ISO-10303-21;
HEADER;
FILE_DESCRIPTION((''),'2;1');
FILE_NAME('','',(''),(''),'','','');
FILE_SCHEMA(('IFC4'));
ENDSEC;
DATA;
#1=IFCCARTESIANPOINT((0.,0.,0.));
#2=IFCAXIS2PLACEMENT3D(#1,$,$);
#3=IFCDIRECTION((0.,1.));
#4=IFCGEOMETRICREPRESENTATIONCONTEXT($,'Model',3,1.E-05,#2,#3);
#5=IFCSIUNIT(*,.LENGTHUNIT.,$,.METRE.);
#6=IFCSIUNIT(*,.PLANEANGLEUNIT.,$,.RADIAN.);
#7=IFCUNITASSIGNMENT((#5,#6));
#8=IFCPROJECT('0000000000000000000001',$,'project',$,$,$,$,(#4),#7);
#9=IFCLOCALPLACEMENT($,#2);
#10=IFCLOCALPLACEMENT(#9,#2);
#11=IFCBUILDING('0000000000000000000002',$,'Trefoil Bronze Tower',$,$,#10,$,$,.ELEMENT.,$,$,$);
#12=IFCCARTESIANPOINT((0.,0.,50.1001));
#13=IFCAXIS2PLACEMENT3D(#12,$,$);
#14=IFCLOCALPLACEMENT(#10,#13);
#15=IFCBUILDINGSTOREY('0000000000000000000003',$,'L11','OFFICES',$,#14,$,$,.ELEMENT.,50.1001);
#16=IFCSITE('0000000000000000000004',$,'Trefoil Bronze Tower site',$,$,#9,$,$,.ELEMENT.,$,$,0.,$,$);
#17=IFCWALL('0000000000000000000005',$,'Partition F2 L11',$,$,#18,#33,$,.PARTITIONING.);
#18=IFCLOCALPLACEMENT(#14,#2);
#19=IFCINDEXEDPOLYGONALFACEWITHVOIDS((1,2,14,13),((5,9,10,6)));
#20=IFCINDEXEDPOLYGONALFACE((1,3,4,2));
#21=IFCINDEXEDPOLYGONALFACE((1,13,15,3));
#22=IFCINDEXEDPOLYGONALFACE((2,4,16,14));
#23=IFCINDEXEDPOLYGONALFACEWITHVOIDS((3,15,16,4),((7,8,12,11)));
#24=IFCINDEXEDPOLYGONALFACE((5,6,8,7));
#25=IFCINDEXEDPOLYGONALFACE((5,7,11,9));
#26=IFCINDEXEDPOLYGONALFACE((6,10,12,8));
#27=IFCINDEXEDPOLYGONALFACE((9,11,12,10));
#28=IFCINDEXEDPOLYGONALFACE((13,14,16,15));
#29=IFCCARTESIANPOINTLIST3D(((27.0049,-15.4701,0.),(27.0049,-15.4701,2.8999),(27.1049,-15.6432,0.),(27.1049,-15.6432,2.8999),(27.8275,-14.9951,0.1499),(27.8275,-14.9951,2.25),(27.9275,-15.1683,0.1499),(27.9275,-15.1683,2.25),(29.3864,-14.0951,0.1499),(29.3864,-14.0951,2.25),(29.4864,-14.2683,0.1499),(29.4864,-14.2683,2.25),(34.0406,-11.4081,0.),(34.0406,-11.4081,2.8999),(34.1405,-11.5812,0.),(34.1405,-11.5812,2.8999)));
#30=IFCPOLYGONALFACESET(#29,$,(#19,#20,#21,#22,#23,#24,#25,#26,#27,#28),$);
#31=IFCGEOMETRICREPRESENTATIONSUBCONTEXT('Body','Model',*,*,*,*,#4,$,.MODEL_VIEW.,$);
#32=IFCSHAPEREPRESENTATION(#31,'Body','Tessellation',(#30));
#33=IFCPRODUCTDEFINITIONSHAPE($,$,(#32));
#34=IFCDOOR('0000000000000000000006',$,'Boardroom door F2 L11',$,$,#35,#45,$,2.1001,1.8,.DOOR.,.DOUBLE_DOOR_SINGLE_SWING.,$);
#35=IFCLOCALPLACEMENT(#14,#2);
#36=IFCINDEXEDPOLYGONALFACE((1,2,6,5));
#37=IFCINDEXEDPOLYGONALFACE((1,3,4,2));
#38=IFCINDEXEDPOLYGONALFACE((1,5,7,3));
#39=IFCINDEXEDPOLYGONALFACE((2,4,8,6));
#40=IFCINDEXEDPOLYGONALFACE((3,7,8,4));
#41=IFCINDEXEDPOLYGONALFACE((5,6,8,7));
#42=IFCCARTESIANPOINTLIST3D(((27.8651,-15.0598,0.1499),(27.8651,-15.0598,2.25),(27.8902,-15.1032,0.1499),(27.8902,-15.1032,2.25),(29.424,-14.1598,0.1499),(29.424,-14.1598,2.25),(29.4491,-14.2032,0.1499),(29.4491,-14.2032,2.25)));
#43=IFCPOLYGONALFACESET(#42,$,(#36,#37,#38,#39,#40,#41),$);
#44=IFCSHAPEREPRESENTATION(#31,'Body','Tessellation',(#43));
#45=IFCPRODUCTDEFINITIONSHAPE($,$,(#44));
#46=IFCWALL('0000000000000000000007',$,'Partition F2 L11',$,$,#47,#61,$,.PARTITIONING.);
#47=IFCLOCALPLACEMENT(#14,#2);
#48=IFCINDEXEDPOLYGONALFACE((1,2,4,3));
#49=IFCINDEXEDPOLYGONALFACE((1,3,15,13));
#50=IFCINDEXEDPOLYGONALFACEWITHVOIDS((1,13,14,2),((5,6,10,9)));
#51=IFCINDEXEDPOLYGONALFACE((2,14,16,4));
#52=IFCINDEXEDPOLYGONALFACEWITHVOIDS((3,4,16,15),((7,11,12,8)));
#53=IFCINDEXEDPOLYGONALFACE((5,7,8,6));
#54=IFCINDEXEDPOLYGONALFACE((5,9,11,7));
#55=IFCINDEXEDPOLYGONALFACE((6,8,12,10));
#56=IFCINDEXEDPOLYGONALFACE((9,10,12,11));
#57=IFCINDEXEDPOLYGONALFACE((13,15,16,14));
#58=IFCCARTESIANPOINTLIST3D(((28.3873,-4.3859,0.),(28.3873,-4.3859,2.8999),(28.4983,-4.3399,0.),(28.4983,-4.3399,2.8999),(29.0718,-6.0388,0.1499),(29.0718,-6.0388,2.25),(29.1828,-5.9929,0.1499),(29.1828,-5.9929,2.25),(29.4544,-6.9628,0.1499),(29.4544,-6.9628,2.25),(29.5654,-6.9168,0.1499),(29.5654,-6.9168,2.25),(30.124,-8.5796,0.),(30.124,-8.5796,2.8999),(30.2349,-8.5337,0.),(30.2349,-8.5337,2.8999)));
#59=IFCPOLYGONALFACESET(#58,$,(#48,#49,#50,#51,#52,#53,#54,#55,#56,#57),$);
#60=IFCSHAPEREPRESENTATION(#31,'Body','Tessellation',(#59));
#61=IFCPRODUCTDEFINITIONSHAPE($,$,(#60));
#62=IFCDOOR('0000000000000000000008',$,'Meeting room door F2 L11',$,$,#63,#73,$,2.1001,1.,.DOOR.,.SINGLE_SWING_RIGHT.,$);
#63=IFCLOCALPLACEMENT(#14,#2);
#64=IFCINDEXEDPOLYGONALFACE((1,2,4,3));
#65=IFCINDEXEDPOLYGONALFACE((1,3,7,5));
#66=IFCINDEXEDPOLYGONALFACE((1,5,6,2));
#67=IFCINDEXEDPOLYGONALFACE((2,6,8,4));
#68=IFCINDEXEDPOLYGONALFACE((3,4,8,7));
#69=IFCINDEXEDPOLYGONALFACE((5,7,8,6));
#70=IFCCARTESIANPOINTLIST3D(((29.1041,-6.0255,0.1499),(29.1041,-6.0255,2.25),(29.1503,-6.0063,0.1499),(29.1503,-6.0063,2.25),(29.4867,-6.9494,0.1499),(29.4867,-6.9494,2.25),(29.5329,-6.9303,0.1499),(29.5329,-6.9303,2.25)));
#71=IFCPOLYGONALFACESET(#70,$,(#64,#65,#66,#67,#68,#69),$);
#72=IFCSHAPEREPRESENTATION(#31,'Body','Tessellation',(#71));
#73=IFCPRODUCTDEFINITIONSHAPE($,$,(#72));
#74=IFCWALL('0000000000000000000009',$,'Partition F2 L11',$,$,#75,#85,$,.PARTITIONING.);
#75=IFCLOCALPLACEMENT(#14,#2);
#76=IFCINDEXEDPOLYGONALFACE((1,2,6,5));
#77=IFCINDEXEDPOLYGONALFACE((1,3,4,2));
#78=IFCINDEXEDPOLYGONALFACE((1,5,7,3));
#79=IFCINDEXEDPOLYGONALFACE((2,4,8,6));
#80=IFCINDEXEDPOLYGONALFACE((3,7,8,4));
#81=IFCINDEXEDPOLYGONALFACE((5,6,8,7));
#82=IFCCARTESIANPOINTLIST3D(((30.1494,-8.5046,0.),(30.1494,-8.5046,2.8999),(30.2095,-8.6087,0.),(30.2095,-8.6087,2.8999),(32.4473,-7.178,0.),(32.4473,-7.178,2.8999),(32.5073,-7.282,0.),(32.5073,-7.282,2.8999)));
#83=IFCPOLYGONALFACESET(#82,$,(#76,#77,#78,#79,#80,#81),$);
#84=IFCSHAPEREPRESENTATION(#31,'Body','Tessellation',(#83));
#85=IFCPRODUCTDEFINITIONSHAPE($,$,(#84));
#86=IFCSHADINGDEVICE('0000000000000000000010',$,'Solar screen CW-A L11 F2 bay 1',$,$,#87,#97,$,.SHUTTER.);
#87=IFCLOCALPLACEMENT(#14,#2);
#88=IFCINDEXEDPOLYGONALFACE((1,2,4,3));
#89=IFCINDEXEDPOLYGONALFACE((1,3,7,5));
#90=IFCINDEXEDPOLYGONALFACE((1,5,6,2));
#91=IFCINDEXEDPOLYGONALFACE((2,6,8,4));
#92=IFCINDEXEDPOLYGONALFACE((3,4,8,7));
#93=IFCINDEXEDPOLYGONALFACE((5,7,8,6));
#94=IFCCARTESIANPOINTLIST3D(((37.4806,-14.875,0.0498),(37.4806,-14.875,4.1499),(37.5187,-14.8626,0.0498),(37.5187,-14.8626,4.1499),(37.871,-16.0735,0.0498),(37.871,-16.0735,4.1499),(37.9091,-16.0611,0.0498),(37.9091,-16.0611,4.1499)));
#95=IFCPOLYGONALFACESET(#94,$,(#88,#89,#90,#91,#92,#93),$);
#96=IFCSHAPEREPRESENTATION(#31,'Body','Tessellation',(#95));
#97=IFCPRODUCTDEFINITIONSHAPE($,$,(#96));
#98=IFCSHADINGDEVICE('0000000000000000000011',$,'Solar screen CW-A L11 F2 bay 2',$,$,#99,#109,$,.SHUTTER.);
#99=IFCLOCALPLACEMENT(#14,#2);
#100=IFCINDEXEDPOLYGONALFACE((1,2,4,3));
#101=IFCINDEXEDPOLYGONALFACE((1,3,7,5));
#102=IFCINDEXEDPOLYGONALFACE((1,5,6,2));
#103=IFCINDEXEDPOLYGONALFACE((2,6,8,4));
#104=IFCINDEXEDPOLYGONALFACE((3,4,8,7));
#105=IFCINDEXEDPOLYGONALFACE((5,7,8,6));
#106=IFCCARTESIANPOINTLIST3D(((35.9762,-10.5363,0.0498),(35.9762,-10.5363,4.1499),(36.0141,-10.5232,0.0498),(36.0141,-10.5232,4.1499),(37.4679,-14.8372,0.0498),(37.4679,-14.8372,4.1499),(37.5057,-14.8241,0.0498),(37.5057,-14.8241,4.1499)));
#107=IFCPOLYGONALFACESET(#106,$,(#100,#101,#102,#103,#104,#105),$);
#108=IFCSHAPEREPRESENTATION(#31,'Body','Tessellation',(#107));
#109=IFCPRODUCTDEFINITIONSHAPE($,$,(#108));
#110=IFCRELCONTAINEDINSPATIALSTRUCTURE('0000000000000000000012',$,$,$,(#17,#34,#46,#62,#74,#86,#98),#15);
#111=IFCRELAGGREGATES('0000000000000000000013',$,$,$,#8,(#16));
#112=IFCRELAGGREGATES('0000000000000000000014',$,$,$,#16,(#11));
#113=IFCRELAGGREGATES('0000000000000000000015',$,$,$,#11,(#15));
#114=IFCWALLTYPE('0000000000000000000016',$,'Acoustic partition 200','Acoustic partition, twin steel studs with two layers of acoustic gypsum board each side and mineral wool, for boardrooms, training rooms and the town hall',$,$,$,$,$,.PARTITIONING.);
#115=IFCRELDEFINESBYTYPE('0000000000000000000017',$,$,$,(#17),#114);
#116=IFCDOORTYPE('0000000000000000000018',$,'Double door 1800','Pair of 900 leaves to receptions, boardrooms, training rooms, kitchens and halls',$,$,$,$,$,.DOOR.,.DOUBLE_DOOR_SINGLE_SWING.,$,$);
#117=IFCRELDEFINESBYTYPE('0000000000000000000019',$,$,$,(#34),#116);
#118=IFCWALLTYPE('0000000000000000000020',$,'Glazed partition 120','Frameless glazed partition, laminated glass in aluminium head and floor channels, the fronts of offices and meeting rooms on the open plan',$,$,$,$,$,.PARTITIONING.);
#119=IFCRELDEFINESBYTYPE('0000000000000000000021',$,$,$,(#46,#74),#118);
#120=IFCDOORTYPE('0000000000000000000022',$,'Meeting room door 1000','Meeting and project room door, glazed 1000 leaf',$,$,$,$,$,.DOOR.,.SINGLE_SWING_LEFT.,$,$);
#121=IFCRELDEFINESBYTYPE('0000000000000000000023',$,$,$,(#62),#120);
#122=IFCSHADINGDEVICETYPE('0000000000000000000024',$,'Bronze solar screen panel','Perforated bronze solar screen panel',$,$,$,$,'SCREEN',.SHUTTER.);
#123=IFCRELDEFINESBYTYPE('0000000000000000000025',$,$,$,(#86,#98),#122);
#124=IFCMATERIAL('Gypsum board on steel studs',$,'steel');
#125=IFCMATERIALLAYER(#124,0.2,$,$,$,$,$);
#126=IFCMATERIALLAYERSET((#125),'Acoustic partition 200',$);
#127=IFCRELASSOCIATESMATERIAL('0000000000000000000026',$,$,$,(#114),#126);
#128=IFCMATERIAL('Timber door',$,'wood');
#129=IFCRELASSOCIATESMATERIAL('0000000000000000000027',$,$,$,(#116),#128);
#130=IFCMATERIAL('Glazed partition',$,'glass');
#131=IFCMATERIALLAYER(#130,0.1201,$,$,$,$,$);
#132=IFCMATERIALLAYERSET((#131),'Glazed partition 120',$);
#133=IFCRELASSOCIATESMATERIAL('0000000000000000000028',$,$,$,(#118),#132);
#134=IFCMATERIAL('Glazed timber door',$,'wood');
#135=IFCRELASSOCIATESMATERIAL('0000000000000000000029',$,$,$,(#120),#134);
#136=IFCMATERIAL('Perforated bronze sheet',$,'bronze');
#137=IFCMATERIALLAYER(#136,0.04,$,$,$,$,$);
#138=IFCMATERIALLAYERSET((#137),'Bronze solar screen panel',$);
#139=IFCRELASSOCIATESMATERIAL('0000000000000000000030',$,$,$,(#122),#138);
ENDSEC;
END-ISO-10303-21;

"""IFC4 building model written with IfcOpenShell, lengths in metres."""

from ifc_helpers import new_model, si_unit, direction, frame, frame_2d, origin, origin_2d, place, context, subcontext, project, spatial, rectangle, extrude, material, layer, layer_set, type_object, element, fill, save


model = new_model("IFC4")

# Units and contexts
model_context = context("Model", 3, precision=1e-05, world=origin(), true_north=direction((0.0, 1.0)))
body_context = subcontext(model_context, "Body", "Model", "MODEL_VIEW")
ifc_project = project(units=[si_unit("LENGTHUNIT", "METRE"), si_unit("PLANEANGLEUNIT", "RADIAN")], contexts=[model_context])

# Site, building, storey
site_placement = place(None, origin())
site = spatial("IfcSite", under=ifc_project, at=site_placement, Name="Trefoil Bronze Tower site", CompositionType="ELEMENT", RefElevation=0.0)
building_placement = place(site_placement, origin())
building = spatial("IfcBuilding", under=site, at=building_placement, Name="Trefoil Bronze Tower", CompositionType="ELEMENT")
storey_placement = place(building_placement, frame((0.0, 0.0, 50.1001)))
storey = spatial("IfcBuildingStorey", under=building, at=storey_placement, Name="L11", Description="OFFICES", CompositionType="ELEMENT", Elevation=50.1001)

# Walls, openings, doors
ifc_material_1 = material(Name="Gypsum board on steel studs", Category="steel")
ifc_layer_1 = layer(ifc_material_1, 0.2)
ifc_layer_set_1 = layer_set([ifc_layer_1], Name="Acoustic partition 200")
wall_type_1 = type_object("IfcWallType", Name="Acoustic partition 200", Description="Acoustic partition, twin steel studs with two layers of acoustic gypsum board each side and mineral wool, for boardrooms, training rooms and the town hall", PredefinedType="PARTITIONING", material=ifc_layer_set_1)
wall_1_placement = place(storey_placement, frame((27.0549, -15.5566, 0.0), z_axis=(0.0, 0.0, 1.0), x_axis=(0.866026, 0.499998, 0.0)))
wall_1 = element("IfcWall", 1, at=wall_1_placement, inside=storey, type_object=wall_type_1, Name="Partition F2 L11", PredefinedType="PARTITIONING", context=body_context, shape_type="SweptSolid", body=[
    extrude(rectangle(XDim=8.124, YDim=0.2, at=frame_2d((4.062, 0.0))), origin(), (0.0, 0.0, 1.0), 2.8999),
])
opening_1_placement = place(wall_1_placement, frame((0.95, 0.0, 0.1499)))
opening_1 = element("IfcOpeningElement", 2, at=opening_1_placement, cuts=wall_1, PredefinedType="OPENING", context=body_context, shape_type="SweptSolid", body=[
    extrude(rectangle(XDim=1.8, YDim=2.1001, at=frame_2d((0.8999, 1.05))), frame((0.0, 0.1099, 0.0), z_axis=(0.0, -1.0, 0.0), x_axis=(1.0, 0.0, 0.0)), (0.0, 0.0, 1.0), 0.22),
])
ifc_material_2 = material(Name="Timber door", Category="wood")
door_type_1 = type_object("IfcDoorType", Name="Double door 1800", Description="Pair of 900 leaves to receptions, boardrooms, training rooms, kitchens and halls", OperationType="DOUBLE_DOOR_SINGLE_SWING", PredefinedType="DOOR", material=ifc_material_2)
door_1_placement = place(opening_1_placement, frame((1.8, 0.0, 0.0), z_axis=(0.0, 0.0, 1.0), x_axis=(-1.0, 0.0, 0.0)))
door_1 = element("IfcDoor", 3, at=door_1_placement, inside=storey, type_object=door_type_1, Name="Boardroom door F2 L11", OperationType="DOUBLE_DOOR_SINGLE_SWING", OverallHeight=2.1001, OverallWidth=1.8, PredefinedType="DOOR", context=body_context, shape_type="SweptSolid", body=[
    extrude(rectangle(XDim=1.8, YDim=2.1001, at=frame_2d((0.8999, 1.05))), frame((0.0, 0.0249, 0.0), z_axis=(0.0, -1.0, 0.0), x_axis=(1.0, 0.0, 0.0)), (0.0, 0.0, 1.0), 0.05),
])
fill(opening_1, door_1)
ifc_material_3 = material(Name="Glazed partition", Category="glass")
ifc_layer_2 = layer(ifc_material_3, 0.1201)
ifc_layer_set_2 = layer_set([ifc_layer_2], Name="Glazed partition 120")
wall_type_2 = type_object("IfcWallType", Name="Glazed partition 120", Description="Frameless glazed partition, laminated glass in aluminium head and floor channels, the fronts of offices and meeting rooms on the open plan", PredefinedType="PARTITIONING", material=ifc_layer_set_2)
wall_2_placement = place(storey_placement, frame((30.1794, -8.5566, 0.0), z_axis=(0.0, 0.0, 1.0), x_axis=(-0.382594, 0.923917, 0.0)))
wall_2 = element("IfcWall", 4, at=wall_2_placement, inside=storey, type_object=wall_type_2, Name="Partition F2 L11", PredefinedType="PARTITIONING", context=body_context, shape_type="SweptSolid", body=[
    extrude(rectangle(XDim=4.5391, YDim=0.1201, at=frame_2d((2.2695, 0.0))), origin(), (0.0, 0.0, 1.0), 2.8999),
])
opening_2_placement = place(wall_2_placement, frame((1.75, 0.0, 0.1499)))
opening_2 = element("IfcOpeningElement", 5, at=opening_2_placement, cuts=wall_2, PredefinedType="OPENING", context=body_context, shape_type="SweptSolid", body=[
    extrude(rectangle(XDim=1.0, YDim=2.1001, at=frame_2d((0.5, 1.05))), frame((0.0, 0.0701, 0.0), z_axis=(0.0, -1.0, 0.0), x_axis=(1.0, 0.0, 0.0)), (0.0, 0.0, 1.0), 0.1401),
])
ifc_material_4 = material(Name="Glazed timber door", Category="wood")
door_type_2 = type_object("IfcDoorType", Name="Meeting room door 1000", Description="Meeting and project room door, glazed 1000 leaf", OperationType="SINGLE_SWING_LEFT", PredefinedType="DOOR", material=ifc_material_4)
door_2_placement = place(opening_2_placement, frame((1.0, 0.0, 0.0), z_axis=(0.0, 0.0, 1.0), x_axis=(-1.0, 0.0, 0.0)))
door_2 = element("IfcDoor", 6, at=door_2_placement, inside=storey, type_object=door_type_2, Name="Meeting room door F2 L11", OperationType="SINGLE_SWING_RIGHT", OverallHeight=2.1001, OverallWidth=1.0, PredefinedType="DOOR", context=body_context, shape_type="SweptSolid", body=[
    extrude(rectangle(XDim=1.0, YDim=2.1001, at=frame_2d((0.5, 1.05))), frame((0.0, 0.0249, 0.0), z_axis=(0.0, -1.0, 0.0), x_axis=(1.0, 0.0, 0.0)), (0.0, 0.0, 1.0), 0.05),
])
fill(opening_2, door_2)

# Wall
wall_3_placement = place(storey_placement, frame((30.1794, -8.5566, 0.0), z_axis=(0.0, 0.0, 1.0), x_axis=(0.866026, 0.499999, 0.0)))
element("IfcWall", 7, at=wall_3_placement, inside=storey, type_object=wall_type_2, Name="Partition F2 L11", PredefinedType="PARTITIONING", context=body_context, shape_type="SweptSolid", body=[
    extrude(rectangle(XDim=2.6533, YDim=0.1201, at=frame_2d((1.3267, 0.0))), origin(), (0.0, 0.0, 1.0), 2.8999),
])

# Shading devices
ifc_material_5 = material(Name="Perforated bronze sheet", Category="bronze")
ifc_layer_3 = layer(ifc_material_5, 0.04)
ifc_layer_set_3 = layer_set([ifc_layer_3], Name="Bronze solar screen panel")
shading_device_type = type_object("IfcShadingDeviceType", Name="Bronze solar screen panel", Description="Perforated bronze solar screen panel", ElementType="SCREEN", PredefinedType="SHUTTER", material=ifc_layer_set_3)
shading_device_1_placement = place(storey_placement, frame((37.6948, -15.468, 0.0498), z_axis=(0.0, 0.0, 1.0), x_axis=(-0.309728, 0.950825, 0.0)))
element("IfcShadingDevice", 8, at=shading_device_1_placement, inside=storey, type_object=shading_device_type, Name="Solar screen CW-A L11 F2 bay 1", PredefinedType="SHUTTER", context=body_context, shape_type="SweptSolid", body=[
    extrude(rectangle(XDim=1.2605, YDim=0.04, at=origin_2d()), origin(), (0.0, 0.0, 1.0), 4.1001),
])
shading_device_2_placement = place(storey_placement, frame((36.741, -12.6802, 0.0498), z_axis=(0.0, 0.0, 1.0), x_axis=(-0.327674, 0.944791, 0.0)))
element("IfcShadingDevice", 9, at=shading_device_2_placement, inside=storey, type_object=shading_device_type, Name="Solar screen CW-A L11 F2 bay 2", PredefinedType="SHUTTER", context=body_context, shape_type="SweptSolid", body=[
    extrude(rectangle(XDim=4.5522, YDim=0.04, at=origin_2d()), origin(), (0.0, 0.0, 1.0), 4.1001),
])

save(model, "model.ifc")
